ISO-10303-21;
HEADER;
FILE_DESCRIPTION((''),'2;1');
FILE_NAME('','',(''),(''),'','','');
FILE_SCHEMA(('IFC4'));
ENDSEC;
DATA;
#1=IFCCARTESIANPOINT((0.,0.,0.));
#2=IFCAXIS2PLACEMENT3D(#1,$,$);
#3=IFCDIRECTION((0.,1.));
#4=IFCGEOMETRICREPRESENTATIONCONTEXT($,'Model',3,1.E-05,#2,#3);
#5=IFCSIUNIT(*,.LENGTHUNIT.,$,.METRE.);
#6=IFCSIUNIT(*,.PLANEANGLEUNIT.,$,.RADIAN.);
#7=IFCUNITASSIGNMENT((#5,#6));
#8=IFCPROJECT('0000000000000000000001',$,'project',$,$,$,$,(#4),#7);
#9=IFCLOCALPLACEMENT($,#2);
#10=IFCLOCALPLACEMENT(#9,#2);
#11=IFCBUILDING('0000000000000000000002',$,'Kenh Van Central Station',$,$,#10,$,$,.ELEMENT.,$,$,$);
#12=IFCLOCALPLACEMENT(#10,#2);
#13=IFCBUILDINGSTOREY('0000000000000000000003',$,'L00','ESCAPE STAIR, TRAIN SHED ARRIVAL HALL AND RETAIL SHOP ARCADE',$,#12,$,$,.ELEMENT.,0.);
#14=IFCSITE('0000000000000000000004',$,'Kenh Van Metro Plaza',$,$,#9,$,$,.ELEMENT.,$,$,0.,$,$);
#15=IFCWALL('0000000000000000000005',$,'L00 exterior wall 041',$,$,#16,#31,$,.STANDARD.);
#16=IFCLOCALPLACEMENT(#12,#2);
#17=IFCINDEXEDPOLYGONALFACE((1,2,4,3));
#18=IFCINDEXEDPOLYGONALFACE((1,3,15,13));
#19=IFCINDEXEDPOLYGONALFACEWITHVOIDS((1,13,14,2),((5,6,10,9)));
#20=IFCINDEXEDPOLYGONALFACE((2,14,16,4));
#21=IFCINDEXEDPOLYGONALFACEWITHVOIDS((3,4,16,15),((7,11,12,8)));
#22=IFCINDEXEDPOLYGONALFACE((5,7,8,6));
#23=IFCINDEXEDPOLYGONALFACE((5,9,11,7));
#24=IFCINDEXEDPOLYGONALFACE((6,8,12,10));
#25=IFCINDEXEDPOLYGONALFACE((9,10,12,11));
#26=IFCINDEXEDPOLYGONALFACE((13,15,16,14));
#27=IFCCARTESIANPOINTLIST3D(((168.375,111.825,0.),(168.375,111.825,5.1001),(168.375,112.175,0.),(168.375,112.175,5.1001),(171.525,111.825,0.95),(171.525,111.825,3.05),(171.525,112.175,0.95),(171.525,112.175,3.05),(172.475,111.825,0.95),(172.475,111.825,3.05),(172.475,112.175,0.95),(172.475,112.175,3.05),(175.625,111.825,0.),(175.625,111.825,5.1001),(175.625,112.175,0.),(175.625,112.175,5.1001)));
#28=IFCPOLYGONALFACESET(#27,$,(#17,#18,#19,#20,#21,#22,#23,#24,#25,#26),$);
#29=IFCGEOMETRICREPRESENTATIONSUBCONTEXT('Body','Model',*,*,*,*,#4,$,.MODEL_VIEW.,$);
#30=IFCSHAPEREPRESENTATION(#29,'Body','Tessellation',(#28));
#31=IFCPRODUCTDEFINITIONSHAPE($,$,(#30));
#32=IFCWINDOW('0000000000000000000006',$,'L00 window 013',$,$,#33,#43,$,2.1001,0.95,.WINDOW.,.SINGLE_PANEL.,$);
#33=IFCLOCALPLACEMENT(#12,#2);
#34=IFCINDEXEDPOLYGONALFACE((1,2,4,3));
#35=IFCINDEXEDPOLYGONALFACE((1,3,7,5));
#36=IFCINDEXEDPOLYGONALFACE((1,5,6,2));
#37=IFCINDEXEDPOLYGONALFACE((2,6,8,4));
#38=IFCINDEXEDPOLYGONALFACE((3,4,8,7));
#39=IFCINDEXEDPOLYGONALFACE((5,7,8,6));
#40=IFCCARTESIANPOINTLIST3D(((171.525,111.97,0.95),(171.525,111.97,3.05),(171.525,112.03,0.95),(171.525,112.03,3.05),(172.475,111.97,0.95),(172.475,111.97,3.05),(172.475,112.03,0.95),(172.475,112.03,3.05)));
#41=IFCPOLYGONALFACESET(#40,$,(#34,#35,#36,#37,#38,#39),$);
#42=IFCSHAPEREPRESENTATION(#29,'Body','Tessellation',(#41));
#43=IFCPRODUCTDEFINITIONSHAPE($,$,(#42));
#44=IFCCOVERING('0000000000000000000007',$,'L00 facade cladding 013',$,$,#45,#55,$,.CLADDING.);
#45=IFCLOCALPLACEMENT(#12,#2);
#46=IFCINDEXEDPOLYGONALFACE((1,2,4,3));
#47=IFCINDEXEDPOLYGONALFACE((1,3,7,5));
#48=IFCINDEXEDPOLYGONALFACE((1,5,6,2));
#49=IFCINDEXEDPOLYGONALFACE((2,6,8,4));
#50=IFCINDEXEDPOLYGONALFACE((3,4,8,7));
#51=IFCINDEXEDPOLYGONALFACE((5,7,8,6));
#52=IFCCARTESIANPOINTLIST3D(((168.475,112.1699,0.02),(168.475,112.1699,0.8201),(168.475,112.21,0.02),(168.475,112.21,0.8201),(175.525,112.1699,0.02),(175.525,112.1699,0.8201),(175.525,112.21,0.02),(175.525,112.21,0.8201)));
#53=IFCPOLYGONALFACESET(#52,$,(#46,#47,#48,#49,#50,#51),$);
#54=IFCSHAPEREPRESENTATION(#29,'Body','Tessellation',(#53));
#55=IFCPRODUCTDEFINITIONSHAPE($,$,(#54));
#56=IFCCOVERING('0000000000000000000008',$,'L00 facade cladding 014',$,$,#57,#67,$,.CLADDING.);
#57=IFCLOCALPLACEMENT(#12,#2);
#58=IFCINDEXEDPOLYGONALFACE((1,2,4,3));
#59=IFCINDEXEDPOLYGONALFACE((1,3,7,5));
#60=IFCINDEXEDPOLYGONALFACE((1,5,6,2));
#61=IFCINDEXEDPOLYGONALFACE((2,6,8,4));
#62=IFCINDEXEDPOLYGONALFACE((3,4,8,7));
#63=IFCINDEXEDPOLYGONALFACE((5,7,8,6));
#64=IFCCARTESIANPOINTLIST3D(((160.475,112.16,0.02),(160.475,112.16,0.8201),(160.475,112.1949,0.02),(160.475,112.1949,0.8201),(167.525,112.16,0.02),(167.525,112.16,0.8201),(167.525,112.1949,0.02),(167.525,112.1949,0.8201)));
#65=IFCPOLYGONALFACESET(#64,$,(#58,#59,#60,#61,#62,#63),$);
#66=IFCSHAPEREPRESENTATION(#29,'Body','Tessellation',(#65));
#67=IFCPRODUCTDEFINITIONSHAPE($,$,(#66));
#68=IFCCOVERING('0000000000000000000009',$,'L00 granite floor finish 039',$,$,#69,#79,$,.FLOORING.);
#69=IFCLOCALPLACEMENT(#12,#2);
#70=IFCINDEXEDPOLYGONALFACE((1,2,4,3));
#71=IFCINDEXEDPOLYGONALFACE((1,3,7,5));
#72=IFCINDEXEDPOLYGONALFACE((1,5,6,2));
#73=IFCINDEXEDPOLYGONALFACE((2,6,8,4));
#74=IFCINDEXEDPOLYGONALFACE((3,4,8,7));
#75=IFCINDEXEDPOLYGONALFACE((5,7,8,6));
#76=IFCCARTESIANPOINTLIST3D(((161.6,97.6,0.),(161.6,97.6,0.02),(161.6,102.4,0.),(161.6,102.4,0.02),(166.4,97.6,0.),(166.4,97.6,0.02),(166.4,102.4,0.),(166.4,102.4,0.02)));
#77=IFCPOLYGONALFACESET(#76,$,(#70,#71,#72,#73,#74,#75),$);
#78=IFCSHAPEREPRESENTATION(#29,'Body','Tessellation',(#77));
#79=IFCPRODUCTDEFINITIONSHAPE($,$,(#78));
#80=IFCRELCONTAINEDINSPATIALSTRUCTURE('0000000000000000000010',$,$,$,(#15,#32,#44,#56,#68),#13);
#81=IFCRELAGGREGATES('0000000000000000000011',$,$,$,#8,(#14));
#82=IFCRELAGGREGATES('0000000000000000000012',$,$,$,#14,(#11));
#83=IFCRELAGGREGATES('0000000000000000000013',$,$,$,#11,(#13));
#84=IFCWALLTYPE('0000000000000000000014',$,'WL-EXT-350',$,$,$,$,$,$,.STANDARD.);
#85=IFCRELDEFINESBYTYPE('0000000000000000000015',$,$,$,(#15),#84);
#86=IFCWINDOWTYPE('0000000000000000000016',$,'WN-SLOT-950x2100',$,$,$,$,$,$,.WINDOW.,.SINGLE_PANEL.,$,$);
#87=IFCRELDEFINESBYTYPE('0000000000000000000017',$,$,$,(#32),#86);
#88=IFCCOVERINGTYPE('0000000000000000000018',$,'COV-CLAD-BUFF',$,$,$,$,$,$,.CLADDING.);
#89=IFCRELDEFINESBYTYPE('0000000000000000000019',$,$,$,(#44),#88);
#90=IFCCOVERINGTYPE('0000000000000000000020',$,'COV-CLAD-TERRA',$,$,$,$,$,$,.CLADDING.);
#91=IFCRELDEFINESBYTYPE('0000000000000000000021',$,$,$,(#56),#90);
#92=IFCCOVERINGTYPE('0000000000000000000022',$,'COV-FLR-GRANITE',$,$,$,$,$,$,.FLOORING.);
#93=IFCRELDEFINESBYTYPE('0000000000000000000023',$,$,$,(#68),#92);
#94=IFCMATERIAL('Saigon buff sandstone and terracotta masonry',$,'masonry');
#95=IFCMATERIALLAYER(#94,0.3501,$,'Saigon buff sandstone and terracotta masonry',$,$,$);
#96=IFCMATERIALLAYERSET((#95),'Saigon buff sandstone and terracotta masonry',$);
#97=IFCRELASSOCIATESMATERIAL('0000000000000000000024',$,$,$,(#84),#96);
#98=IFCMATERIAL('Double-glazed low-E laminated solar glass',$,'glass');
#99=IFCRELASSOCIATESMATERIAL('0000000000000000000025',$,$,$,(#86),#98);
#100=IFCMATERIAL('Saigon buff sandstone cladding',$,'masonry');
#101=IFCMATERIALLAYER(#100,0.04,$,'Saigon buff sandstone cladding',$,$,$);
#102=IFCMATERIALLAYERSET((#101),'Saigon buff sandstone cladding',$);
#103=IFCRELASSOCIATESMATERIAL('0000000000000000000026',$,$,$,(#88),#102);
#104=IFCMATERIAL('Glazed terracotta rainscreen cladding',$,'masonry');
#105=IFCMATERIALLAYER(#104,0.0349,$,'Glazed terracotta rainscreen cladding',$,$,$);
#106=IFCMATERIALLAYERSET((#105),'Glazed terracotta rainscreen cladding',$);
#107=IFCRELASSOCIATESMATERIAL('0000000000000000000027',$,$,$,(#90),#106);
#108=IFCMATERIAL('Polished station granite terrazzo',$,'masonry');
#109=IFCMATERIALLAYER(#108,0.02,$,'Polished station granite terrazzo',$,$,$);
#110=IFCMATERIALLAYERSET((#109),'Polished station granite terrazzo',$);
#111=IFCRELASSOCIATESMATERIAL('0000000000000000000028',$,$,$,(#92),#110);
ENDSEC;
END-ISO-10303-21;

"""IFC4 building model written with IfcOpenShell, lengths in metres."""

from ifc_helpers import new_model, si_unit, direction, frame, frame_2d, origin, origin_2d, place, context, subcontext, project, spatial, rectangle, extrude, material, layer, layer_set, type_object, element, fill, save


model = new_model("IFC4")

# Units and contexts
model_context = context("Model", 3, precision=1e-05, world=origin(), true_north=direction((0.0, 1.0)))
body_context = subcontext(model_context, "Body", "Model", "MODEL_VIEW")
ifc_project = project(units=[si_unit("LENGTHUNIT", "METRE"), si_unit("PLANEANGLEUNIT", "RADIAN")], contexts=[model_context])

# Site, building, storey
site_placement = place(None, origin())
site = spatial("IfcSite", under=ifc_project, at=site_placement, Name="Kenh Van Metro Plaza", CompositionType="ELEMENT", RefElevation=0.0)
building_placement = place(site_placement, origin())
building = spatial("IfcBuilding", under=site, at=building_placement, Name="Kenh Van Central Station", CompositionType="ELEMENT")
storey_placement = place(building_placement, origin())
storey = spatial("IfcBuildingStorey", under=building, at=storey_placement, Name="L00", Description="ESCAPE STAIR, TRAIN SHED ARRIVAL HALL AND RETAIL SHOP ARCADE", CompositionType="ELEMENT", Elevation=0.0)

# Shared definitions
ifc_material_1 = material(Name="Double-glazed low-E laminated solar glass", Category="glass")

# Wall, opening, window
ifc_material_2 = material(Name="Saigon buff sandstone and terracotta masonry", Category="masonry")
ifc_layer_1 = layer(ifc_material_2, 0.3501, Name="Saigon buff sandstone and terracotta masonry")
ifc_layer_set_1 = layer_set([ifc_layer_1], Name="Saigon buff sandstone and terracotta masonry")
wall_type_1 = type_object("IfcWallType", Name="WL-EXT-350", PredefinedType="STANDARD", material=ifc_layer_set_1)
wall_1_placement = place(storey_placement, frame((175.625, 112.0, 0.0), z_axis=(0.0, 0.0, 1.0), x_axis=(-1.0, 0.0, 0.0)))
wall_1 = element("IfcWall", 1, at=wall_1_placement, inside=storey, type_object=wall_type_1, Name="L00 exterior wall 041", PredefinedType="STANDARD", context=body_context, shape_type="SweptSolid", body=[
    extrude(rectangle(XDim=7.25, YDim=0.3501, at=frame_2d((3.625, 0.0))), origin(), (0.0, 0.0, 1.0), 5.1001),
])
opening_1_placement = place(wall_1_placement, frame((3.1499, 0.0, 0.95)))
opening_1 = element("IfcOpeningElement", 2, at=opening_1_placement, cuts=wall_1, PredefinedType="OPENING", context=body_context, shape_type="SweptSolid", body=[
    extrude(rectangle(XDim=0.95, YDim=2.1001, at=frame_2d((0.4751, 1.05))), frame((0.0, 0.1851, 0.0), z_axis=(0.0, -1.0, 0.0), x_axis=(1.0, 0.0, 0.0)), (0.0, 0.0, 1.0), 0.3701),
])
window_type_1 = type_object("IfcWindowType", Name="WN-SLOT-950x2100", PartitioningType="SINGLE_PANEL", PredefinedType="WINDOW", material=ifc_material_1)
window_1_placement = place(opening_1_placement, origin())
window_1 = element("IfcWindow", 3, at=window_1_placement, inside=storey, type_object=window_type_1, Name="L00 window 013", OverallHeight=2.1001, OverallWidth=0.95, PartitioningType="SINGLE_PANEL", PredefinedType="WINDOW", context=body_context, shape_type="SweptSolid", body=[
    extrude(rectangle(XDim=0.95, YDim=2.1001, at=frame_2d((0.4751, 1.05))), frame((0.0, 0.03, 0.0), z_axis=(0.0, -1.0, 0.0), x_axis=(1.0, 0.0, 0.0)), (0.0, 0.0, 1.0), 0.0601),
])
fill(opening_1, window_1)

# Coverings
ifc_material_3 = material(Name="Saigon buff sandstone cladding", Category="masonry")
ifc_layer_2 = layer(ifc_material_3, 0.04, Name="Saigon buff sandstone cladding")
ifc_layer_set_2 = layer_set([ifc_layer_2], Name="Saigon buff sandstone cladding")
covering_type_1 = type_object("IfcCoveringType", Name="COV-CLAD-BUFF", PredefinedType="CLADDING", material=ifc_layer_set_2)
covering_1_placement = place(storey_placement, frame((172.0, 112.1899, 0.02), z_axis=(0.0, 0.0, 1.0), x_axis=(-1.0, 0.0, 0.0)))
element("IfcCovering", 4, at=covering_1_placement, inside=storey, type_object=covering_type_1, Name="L00 facade cladding 013", PredefinedType="CLADDING", context=body_context, shape_type="SweptSolid", body=[
    extrude(rectangle(XDim=7.05, YDim=0.04, at=origin_2d()), origin(), (0.0, 0.0, 1.0), 0.8),
])
ifc_material_4 = material(Name="Glazed terracotta rainscreen cladding", Category="masonry")
ifc_layer_3 = layer(ifc_material_4, 0.0349, Name="Glazed terracotta rainscreen cladding")
ifc_layer_set_3 = layer_set([ifc_layer_3], Name="Glazed terracotta rainscreen cladding")
covering_type_2 = type_object("IfcCoveringType", Name="COV-CLAD-TERRA", PredefinedType="CLADDING", material=ifc_layer_set_3)
covering_2_placement = place(storey_placement, frame((164.0, 112.1775, 0.02), z_axis=(0.0, 0.0, 1.0), x_axis=(-1.0, 0.0, 0.0)))
element("IfcCovering", 5, at=covering_2_placement, inside=storey, type_object=covering_type_2, Name="L00 facade cladding 014", PredefinedType="CLADDING", context=body_context, shape_type="SweptSolid", body=[
    extrude(rectangle(XDim=7.05, YDim=0.0349, at=origin_2d()), origin(), (0.0, 0.0, 1.0), 0.8),
])
ifc_material_5 = material(Name="Polished station granite terrazzo", Category="masonry")
ifc_layer_4 = layer(ifc_material_5, 0.02, Name="Polished station granite terrazzo")
ifc_layer_set_4 = layer_set([ifc_layer_4], Name="Polished station granite terrazzo")
covering_type_3 = type_object("IfcCoveringType", Name="COV-FLR-GRANITE", PredefinedType="FLOORING", material=ifc_layer_set_4)
covering_3_placement = place(storey_placement, frame((164.0, 100.0, 0.0), z_axis=(0.0, 0.0, 1.0), x_axis=(1.0, 0.0, 0.0)))
element("IfcCovering", 6, at=covering_3_placement, inside=storey, type_object=covering_type_3, Name="L00 granite floor finish 039", PredefinedType="FLOORING", context=body_context, shape_type="SweptSolid", body=[
    extrude(rectangle(XDim=4.8, YDim=4.8, at=origin_2d()), origin(), (0.0, 0.0, 1.0), 0.02),
])

save(model, "model.ifc")
